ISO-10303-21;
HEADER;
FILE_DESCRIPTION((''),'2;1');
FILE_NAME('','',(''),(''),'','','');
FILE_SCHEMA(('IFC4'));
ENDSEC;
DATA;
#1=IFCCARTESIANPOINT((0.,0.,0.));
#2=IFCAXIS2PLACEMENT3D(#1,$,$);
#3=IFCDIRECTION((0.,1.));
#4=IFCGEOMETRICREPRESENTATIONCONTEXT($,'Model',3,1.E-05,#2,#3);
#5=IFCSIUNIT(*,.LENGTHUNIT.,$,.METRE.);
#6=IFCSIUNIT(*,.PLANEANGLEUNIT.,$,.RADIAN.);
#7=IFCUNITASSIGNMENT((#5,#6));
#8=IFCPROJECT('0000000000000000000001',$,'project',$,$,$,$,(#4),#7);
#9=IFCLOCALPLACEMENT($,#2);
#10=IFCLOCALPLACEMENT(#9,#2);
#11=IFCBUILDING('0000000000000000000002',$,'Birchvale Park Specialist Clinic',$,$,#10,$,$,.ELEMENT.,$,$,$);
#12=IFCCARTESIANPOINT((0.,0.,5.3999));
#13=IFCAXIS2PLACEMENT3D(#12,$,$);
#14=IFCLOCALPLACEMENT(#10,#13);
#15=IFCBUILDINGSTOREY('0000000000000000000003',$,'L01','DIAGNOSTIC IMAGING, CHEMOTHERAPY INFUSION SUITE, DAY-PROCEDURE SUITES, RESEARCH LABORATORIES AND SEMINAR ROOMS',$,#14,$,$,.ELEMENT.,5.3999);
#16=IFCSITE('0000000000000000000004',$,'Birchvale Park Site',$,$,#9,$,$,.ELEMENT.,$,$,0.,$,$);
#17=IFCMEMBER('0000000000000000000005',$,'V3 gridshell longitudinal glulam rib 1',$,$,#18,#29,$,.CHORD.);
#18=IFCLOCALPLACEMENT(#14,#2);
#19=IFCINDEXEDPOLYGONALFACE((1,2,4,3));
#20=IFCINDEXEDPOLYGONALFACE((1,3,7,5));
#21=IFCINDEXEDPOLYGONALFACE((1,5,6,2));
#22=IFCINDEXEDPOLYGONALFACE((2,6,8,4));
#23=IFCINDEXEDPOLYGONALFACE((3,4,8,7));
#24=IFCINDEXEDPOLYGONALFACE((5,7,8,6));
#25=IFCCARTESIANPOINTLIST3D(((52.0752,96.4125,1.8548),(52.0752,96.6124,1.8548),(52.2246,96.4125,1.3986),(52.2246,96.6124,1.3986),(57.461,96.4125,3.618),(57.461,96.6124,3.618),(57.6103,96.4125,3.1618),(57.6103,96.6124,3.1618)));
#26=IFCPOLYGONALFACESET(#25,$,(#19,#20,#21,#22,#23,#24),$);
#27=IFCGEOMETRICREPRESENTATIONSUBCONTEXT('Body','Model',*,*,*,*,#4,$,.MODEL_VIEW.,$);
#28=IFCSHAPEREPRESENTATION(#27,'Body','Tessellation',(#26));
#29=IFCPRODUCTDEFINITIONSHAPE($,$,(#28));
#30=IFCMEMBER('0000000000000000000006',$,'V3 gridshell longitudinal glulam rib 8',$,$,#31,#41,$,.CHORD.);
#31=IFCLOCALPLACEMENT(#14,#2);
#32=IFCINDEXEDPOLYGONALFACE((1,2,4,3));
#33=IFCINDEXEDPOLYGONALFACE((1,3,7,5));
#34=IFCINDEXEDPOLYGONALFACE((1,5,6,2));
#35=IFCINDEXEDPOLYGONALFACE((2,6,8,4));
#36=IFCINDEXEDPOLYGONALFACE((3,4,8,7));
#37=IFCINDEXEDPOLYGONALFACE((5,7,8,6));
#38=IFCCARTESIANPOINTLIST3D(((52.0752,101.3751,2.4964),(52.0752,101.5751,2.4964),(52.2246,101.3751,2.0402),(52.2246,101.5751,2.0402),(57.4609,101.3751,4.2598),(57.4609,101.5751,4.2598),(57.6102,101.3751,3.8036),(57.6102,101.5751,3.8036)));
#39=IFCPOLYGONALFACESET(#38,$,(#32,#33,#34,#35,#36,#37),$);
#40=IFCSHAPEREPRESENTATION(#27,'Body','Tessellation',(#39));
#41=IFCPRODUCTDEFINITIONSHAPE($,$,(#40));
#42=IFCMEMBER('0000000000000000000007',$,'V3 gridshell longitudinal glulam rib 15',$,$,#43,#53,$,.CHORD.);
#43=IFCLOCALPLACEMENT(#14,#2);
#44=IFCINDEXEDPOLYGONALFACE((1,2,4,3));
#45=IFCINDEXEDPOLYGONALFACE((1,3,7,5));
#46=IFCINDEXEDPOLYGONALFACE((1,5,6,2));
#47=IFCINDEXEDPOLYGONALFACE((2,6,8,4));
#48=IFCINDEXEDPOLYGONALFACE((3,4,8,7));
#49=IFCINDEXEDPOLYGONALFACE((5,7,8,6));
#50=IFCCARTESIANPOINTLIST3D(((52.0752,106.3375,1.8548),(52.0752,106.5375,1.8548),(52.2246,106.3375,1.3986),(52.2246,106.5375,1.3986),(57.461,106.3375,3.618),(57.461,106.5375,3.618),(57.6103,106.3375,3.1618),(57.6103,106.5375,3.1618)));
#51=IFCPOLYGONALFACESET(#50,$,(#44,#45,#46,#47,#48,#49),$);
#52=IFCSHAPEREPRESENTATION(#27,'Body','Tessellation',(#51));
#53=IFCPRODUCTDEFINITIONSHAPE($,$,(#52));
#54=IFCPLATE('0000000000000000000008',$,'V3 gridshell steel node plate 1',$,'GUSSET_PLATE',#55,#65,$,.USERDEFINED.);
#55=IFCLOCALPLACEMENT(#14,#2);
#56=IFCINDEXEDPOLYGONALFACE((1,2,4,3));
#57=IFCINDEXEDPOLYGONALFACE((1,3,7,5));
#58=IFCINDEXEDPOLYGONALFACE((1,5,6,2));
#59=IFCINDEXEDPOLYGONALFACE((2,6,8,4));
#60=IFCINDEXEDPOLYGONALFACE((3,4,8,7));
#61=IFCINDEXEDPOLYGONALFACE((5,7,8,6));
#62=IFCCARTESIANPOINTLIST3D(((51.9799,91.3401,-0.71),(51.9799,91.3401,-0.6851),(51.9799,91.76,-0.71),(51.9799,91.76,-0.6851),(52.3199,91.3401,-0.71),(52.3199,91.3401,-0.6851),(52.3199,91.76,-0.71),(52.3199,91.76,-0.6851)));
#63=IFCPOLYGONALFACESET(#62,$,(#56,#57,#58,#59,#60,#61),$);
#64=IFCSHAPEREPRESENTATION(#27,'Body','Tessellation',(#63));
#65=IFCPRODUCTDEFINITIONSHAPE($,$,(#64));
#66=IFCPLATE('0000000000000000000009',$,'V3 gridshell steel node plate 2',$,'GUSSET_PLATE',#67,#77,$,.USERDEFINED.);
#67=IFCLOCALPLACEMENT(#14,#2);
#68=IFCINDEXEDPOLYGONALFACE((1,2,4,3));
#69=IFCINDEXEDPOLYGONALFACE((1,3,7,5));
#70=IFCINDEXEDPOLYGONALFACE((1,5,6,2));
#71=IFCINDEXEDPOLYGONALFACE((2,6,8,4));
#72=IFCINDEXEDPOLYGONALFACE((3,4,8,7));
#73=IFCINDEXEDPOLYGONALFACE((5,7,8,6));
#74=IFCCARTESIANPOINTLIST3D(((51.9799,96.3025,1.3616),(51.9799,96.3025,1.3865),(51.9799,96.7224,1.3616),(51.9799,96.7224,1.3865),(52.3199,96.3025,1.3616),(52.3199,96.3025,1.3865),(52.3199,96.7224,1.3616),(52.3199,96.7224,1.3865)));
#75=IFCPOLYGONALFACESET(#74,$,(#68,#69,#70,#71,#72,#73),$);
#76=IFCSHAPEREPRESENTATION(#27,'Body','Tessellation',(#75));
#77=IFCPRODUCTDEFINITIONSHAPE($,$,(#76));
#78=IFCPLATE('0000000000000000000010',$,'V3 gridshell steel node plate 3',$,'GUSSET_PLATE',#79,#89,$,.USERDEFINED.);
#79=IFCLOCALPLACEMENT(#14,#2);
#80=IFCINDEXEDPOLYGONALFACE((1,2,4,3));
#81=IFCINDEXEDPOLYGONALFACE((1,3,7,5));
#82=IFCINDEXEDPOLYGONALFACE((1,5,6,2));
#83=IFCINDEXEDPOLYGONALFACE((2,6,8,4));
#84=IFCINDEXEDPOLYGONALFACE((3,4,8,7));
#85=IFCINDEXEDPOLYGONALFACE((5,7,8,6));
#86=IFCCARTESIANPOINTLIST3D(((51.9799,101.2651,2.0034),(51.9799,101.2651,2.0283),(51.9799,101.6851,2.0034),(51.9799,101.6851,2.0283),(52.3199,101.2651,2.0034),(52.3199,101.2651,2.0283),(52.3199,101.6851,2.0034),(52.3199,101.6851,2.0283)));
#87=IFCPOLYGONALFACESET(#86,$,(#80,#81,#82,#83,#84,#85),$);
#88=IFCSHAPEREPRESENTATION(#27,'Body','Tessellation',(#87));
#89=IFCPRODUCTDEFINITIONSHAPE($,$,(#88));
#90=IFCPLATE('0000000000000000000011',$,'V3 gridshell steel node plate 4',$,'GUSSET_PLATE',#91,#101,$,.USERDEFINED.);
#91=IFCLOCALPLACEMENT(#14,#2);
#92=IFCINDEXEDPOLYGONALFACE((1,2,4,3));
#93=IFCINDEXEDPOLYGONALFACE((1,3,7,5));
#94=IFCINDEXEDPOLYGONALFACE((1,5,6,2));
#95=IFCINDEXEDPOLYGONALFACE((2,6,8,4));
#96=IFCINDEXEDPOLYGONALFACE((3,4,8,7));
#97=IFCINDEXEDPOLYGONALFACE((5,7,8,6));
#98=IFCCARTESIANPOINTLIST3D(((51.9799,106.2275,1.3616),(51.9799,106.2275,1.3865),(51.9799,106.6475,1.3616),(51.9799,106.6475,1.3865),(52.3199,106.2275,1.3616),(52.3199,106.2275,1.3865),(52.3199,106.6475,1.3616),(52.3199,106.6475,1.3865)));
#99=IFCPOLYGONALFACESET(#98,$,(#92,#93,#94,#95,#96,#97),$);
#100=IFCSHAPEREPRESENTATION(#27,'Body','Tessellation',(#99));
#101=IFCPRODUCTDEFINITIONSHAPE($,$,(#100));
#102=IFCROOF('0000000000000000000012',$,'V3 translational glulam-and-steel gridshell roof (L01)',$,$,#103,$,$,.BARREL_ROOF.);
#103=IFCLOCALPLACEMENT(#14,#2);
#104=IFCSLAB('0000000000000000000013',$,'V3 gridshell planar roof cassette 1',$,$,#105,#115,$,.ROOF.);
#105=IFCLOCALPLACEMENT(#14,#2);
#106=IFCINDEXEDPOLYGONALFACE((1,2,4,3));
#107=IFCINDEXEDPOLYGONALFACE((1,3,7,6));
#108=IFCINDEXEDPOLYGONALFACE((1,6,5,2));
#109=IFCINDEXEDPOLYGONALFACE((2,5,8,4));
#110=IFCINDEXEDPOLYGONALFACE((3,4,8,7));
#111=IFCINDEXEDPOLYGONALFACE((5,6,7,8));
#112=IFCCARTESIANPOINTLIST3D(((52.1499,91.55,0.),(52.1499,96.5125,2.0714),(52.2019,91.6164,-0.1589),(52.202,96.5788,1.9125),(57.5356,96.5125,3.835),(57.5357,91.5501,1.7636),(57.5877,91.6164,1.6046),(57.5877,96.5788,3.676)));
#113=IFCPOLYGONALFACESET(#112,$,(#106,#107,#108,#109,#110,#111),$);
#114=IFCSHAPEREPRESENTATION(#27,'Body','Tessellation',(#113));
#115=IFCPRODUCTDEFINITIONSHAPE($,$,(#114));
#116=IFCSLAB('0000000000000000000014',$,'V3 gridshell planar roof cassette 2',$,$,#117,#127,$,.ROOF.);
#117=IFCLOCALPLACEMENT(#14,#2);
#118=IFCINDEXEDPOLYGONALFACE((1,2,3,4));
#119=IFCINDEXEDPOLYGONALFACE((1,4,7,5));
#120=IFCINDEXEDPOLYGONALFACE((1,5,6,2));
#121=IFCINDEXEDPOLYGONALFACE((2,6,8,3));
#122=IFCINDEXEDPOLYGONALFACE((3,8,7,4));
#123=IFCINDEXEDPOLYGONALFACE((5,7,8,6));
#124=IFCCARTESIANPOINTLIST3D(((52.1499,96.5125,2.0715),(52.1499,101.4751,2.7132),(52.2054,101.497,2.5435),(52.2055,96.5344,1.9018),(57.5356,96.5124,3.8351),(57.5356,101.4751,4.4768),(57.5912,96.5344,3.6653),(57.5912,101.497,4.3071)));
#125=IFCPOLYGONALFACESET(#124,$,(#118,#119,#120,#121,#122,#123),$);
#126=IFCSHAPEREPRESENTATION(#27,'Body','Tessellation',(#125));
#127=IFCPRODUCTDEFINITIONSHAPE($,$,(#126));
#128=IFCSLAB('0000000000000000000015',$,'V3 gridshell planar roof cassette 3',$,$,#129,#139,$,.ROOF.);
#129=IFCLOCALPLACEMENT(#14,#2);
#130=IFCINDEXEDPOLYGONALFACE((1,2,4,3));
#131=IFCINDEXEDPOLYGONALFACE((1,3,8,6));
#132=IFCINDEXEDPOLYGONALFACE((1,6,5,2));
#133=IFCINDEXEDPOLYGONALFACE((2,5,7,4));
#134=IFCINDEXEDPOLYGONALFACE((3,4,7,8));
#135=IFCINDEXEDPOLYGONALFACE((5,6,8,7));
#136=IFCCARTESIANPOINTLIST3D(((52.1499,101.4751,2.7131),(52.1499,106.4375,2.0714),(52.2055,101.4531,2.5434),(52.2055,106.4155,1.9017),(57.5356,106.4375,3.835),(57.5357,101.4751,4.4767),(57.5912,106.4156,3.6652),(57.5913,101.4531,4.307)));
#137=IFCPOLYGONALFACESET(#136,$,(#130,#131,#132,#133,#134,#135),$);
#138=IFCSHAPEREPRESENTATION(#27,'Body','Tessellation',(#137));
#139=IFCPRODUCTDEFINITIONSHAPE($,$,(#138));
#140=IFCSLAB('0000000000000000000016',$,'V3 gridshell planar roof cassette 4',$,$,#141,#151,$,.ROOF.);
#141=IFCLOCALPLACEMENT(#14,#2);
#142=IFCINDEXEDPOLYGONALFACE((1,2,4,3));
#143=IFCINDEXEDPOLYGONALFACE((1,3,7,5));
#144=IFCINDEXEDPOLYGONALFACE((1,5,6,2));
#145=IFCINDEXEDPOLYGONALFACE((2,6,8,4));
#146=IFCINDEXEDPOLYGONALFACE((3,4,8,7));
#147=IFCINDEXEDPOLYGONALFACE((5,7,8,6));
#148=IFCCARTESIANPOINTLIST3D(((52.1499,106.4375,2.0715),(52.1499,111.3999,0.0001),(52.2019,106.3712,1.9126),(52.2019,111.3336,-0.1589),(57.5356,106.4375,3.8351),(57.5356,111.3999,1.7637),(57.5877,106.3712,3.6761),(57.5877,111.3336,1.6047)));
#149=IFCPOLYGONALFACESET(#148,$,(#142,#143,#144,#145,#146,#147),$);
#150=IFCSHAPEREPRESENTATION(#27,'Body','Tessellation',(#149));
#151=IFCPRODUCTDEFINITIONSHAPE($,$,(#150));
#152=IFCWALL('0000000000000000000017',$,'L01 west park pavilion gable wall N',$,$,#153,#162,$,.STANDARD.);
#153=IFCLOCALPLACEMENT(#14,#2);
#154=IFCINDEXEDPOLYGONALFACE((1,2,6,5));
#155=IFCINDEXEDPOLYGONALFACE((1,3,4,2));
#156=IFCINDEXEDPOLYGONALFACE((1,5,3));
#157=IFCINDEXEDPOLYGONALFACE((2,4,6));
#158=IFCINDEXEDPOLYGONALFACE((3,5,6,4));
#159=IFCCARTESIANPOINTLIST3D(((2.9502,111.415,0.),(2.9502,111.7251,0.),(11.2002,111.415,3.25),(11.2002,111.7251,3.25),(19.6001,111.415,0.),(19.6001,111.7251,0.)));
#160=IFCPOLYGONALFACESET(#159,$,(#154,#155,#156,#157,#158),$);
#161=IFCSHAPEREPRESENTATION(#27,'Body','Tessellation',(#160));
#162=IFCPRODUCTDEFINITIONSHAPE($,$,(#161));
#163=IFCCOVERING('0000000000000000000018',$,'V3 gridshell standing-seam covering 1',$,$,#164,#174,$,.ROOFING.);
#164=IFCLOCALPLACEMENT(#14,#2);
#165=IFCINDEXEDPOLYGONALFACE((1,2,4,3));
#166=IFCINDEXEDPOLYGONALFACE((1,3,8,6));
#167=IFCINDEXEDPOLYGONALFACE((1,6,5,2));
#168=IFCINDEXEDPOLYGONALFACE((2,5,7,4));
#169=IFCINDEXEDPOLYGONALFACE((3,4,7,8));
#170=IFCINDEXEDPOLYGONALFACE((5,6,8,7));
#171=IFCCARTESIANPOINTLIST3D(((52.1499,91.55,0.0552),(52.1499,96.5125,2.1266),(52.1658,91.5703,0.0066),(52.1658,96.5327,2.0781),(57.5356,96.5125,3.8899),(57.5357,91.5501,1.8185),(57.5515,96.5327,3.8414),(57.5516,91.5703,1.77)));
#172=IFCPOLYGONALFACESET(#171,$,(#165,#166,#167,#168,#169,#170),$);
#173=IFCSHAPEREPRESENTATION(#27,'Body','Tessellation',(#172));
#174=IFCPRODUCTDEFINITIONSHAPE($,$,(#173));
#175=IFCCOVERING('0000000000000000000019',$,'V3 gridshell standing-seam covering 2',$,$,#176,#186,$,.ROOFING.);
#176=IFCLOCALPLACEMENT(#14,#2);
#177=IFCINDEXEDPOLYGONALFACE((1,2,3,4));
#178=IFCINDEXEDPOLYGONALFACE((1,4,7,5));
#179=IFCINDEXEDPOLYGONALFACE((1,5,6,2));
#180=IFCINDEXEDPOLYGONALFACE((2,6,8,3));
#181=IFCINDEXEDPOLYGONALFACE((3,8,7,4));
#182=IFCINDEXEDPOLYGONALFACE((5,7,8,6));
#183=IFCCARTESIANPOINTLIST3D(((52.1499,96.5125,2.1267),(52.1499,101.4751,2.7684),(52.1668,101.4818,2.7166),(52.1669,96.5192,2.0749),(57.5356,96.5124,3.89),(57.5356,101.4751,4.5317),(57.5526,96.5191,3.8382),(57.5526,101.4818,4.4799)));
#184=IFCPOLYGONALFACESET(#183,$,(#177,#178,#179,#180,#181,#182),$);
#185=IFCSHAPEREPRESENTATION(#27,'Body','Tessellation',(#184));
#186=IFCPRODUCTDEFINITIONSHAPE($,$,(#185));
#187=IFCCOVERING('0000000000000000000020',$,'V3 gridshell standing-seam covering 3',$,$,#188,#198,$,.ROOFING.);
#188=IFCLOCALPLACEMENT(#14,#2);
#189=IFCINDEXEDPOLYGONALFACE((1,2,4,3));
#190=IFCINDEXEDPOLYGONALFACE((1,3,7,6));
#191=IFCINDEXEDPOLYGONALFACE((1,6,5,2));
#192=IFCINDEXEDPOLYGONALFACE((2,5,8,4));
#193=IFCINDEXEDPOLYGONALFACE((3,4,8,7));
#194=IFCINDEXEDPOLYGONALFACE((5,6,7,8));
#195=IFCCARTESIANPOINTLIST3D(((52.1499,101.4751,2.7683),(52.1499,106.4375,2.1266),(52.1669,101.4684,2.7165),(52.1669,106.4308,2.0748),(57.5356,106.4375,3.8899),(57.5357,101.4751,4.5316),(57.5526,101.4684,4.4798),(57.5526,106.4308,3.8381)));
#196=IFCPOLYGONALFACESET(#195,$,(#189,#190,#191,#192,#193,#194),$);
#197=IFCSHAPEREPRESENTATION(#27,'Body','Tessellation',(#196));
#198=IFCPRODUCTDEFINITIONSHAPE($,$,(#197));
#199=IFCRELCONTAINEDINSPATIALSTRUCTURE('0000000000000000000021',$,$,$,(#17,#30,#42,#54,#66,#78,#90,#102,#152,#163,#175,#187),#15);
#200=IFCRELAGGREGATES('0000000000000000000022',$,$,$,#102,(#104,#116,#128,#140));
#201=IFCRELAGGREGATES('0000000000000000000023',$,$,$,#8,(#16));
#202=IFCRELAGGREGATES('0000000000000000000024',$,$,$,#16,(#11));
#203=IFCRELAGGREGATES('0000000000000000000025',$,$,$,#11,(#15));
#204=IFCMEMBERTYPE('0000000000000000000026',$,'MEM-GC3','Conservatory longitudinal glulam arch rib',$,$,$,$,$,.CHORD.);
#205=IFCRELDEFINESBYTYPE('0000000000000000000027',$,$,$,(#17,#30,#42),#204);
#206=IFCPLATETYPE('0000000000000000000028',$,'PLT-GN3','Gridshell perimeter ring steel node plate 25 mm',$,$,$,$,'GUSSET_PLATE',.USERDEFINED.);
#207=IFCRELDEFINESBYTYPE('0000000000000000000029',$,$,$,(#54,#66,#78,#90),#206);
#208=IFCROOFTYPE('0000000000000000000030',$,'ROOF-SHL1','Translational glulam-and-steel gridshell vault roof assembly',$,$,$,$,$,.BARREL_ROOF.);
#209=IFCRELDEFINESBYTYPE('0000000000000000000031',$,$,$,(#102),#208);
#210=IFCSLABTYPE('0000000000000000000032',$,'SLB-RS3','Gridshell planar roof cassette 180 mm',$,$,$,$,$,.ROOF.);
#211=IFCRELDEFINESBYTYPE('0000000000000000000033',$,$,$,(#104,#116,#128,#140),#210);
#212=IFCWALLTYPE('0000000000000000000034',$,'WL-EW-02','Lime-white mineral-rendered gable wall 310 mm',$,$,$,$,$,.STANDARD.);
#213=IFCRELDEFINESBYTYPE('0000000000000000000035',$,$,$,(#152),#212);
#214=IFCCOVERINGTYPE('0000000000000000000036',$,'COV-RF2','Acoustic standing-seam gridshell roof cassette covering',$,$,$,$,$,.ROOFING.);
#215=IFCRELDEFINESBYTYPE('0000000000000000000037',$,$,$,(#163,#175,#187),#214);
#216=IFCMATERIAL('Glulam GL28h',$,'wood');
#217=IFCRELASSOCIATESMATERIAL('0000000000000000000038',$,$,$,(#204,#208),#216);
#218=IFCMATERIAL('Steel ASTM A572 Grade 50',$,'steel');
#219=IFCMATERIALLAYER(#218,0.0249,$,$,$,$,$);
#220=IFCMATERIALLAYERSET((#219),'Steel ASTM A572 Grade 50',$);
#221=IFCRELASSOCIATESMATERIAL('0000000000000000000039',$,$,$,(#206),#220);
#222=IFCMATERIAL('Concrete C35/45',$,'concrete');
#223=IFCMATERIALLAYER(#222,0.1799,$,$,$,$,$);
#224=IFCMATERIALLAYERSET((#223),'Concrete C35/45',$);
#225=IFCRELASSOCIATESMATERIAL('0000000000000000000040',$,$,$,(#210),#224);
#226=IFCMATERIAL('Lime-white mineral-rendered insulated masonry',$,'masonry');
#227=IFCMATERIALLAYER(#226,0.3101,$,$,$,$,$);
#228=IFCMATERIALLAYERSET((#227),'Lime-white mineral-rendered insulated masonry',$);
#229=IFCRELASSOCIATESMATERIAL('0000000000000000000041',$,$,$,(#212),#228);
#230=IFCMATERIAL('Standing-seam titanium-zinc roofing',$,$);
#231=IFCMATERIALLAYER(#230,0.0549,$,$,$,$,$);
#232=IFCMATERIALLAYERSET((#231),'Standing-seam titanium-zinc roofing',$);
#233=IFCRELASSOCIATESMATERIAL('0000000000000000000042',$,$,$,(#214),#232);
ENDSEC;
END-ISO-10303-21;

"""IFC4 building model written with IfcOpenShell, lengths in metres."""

from ifc_helpers import new_model, si_unit, direction, frame, origin, origin_2d, place, context, subcontext, project, spatial, polyline, rectangle, outline, extrude, material, layer, layer_set, material_profile, profile_set, type_object, element, aggregate, save


model = new_model("IFC4")

# Units and contexts
model_context = context("Model", 3, precision=1e-05, world=origin(), true_north=direction((0.0, 1.0)))
body_context = subcontext(model_context, "Body", "Model", "MODEL_VIEW")
ifc_project = project(units=[si_unit("LENGTHUNIT", "METRE"), si_unit("PLANEANGLEUNIT", "RADIAN")], contexts=[model_context])

# Site, building, storey
site_placement = place(None, origin())
site = spatial("IfcSite", under=ifc_project, at=site_placement, Name="Birchvale Park Site", CompositionType="ELEMENT", RefElevation=0.0)
building_placement = place(site_placement, origin())
building = spatial("IfcBuilding", under=site, at=building_placement, Name="Birchvale Park Specialist Clinic", CompositionType="ELEMENT")
storey_placement = place(building_placement, frame((0.0, 0.0, 5.3999)))
storey = spatial("IfcBuildingStorey", under=building, at=storey_placement, Name="L01", Description="DIAGNOSTIC IMAGING, CHEMOTHERAPY INFUSION SUITE, DAY-PROCEDURE SUITES, RESEARCH LABORATORIES AND SEMINAR ROOMS", CompositionType="ELEMENT", Elevation=5.3999)

# Members
ifc_material_1 = material(Name="Glulam GL28h", Category="wood")
ifc_material_profile_1 = material_profile(ifc_material_1, rectangle(XDim=0.2, YDim=0.48, at=origin_2d()), Name="GL-200x480")
ifc_profile_set_1 = profile_set([ifc_material_profile_1], Name="Glulam GL28h")
member_type = type_object("IfcMemberType", Name="MEM-GC3", Description="Conservatory longitudinal glulam arch rib", PredefinedType="CHORD", material=ifc_profile_set_1)
for number, where, z_axis, x_axis, name in (
    (1, (52.1499, 96.5125, 1.6267), (0.950367, 0.0, 0.311131), (0.0, 1.0, 0.0), "V3 gridshell longitudinal glulam rib 1"),
    (2, (52.1499, 101.4751, 2.2683), (0.950354, 0.0, 0.31117), (0.0, 1.0, 0.0), "V3 gridshell longitudinal glulam rib 8"),
    (3, (52.1499, 106.4375, 1.6267), (0.950367, 0.0, 0.311131), (0.0, 1.0, 0.0), "V3 gridshell longitudinal glulam rib 15"),
):
    element("IfcMember", number, at=place(storey_placement, frame(where, z_axis=z_axis, x_axis=x_axis)), inside=storey, type_object=member_type, Name=name, PredefinedType="CHORD", context=body_context, shape_type="SweptSolid", body=[
        extrude(rectangle(XDim=0.2, YDim=0.48, at=origin_2d()), origin(), (0.0, 0.0, 1.0), 5.667),
    ])

# Plates
ifc_material_2 = material(Name="Steel ASTM A572 Grade 50", Category="steel")
ifc_layer_1 = layer(ifc_material_2, 0.0249)
ifc_layer_set_1 = layer_set([ifc_layer_1], Name="Steel ASTM A572 Grade 50")
plate_type = type_object("IfcPlateType", Name="PLT-GN3", Description="Gridshell perimeter ring steel node plate 25 mm", ElementType="GUSSET_PLATE", PredefinedType="USERDEFINED", material=ifc_layer_set_1)
for number, where, z_axis, x_axis, name in (
    (4, (52.1499, 91.55, -0.71), (0.0, 0.0, 1.0), (1.0, 0.0, 0.0), "V3 gridshell steel node plate 1"),
    (5, (52.1499, 96.5125, 1.3616), (0.0, 0.0, 1.0), (1.0, 0.0, 0.0), "V3 gridshell steel node plate 2"),
    (6, (52.1499, 101.4751, 2.0034), (0.0, 0.0, 1.0), (1.0, 0.0, 0.0), "V3 gridshell steel node plate 3"),
    (7, (52.1499, 106.4375, 1.3616), (0.0, 0.0, 1.0), (1.0, 0.0, 0.0), "V3 gridshell steel node plate 4"),
):
    element("IfcPlate", number, at=place(storey_placement, frame(where, z_axis=z_axis, x_axis=x_axis)), inside=storey, type_object=plate_type, Name=name, ObjectType="GUSSET_PLATE", PredefinedType="USERDEFINED", context=body_context, shape_type="SweptSolid", body=[
        extrude(rectangle(XDim=0.3401, YDim=0.4199, at=origin_2d()), origin(), (0.0, 0.0, 1.0), 0.0249),
    ])

# Roof, slabs
roof_type = type_object("IfcRoofType", Name="ROOF-SHL1", Description="Translational glulam-and-steel gridshell vault roof assembly", PredefinedType="BARREL_ROOF", material=ifc_material_1)
roof_placement = place(storey_placement, origin())
roof = element("IfcRoof", 8, at=roof_placement, inside=storey, type_object=roof_type, Name="V3 translational glulam-and-steel gridshell roof (L01)", PredefinedType="BARREL_ROOF")
ifc_material_3 = material(Name="Concrete C35/45", Category="concrete")
ifc_layer_2 = layer(ifc_material_3, 0.1799)
ifc_layer_set_2 = layer_set([ifc_layer_2], Name="Concrete C35/45")
slab_type = type_object("IfcSlabType", Name="SLB-RS3", Description="Gridshell planar roof cassette 180 mm", PredefinedType="ROOF", material=ifc_layer_set_2)
slab_1_placement = place(storey_placement, frame((52.1499, 91.55, 0.0), z_axis=(-0.289261, -0.368741, 0.883379), x_axis=(0.950347, 0.000007, 0.311192)))
slab_1 = element("IfcSlab", 9, at=slab_1_placement, type_object=slab_type, Name="V3 gridshell planar roof cassette 1", PredefinedType="ROOF", context=body_context, shape_type="SweptSolid", body=[
    extrude(outline(polyline([(0.0, 0.0), (5.6672, 0.0), (6.3118, 5.3386), (0.6447, 5.3386), (0.0, 0.0)])), origin(), (0.0, 0.0, -1.0), 0.1799),
])
slab_2_placement = place(storey_placement, frame((52.1499, 96.5125, 2.0715), z_axis=(-0.308866, -0.121973, 0.943252), x_axis=(0.950348, -0.000002, 0.311189)))
slab_2 = element("IfcSlab", 10, at=slab_2_placement, type_object=slab_type, Name="V3 gridshell planar roof cassette 2", PredefinedType="ROOF", context=body_context, shape_type="SweptSolid", body=[
    extrude(outline(polyline([(0.0, 0.0), (5.6671, 0.0), (5.8668, 5.0), (0.1996, 5.0), (0.0, 0.0)])), origin(), (0.0, 0.0, -1.0), 0.1799),
])
slab_3_placement = place(storey_placement, frame((52.1499, 101.4751, 2.7131), z_axis=(-0.308866, 0.121979, 0.943251), x_axis=(0.950348, -0.000002, 0.31119)))
slab_3 = element("IfcSlab", 11, at=slab_3_placement, type_object=slab_type, Name="V3 gridshell planar roof cassette 3", PredefinedType="ROOF", context=body_context, shape_type="SweptSolid", body=[
    extrude(outline(polyline([(0.0, 0.0), (5.6672, 0.0), (5.4674, 4.9998), (-0.1997, 4.9997), (0.0, 0.0)])), origin(), (0.0, 0.0, -1.0), 0.1799),
])
slab_4_placement = place(storey_placement, frame((52.1499, 106.4375, 2.0715), z_axis=(-0.289261, 0.368741, 0.883379), x_axis=(0.950349, 0.000007, 0.311187)))
slab_4 = element("IfcSlab", 12, at=slab_4_placement, type_object=slab_type, Name="V3 gridshell planar roof cassette 4", PredefinedType="ROOF", context=body_context, shape_type="SweptSolid", body=[
    extrude(outline(polyline([(0.0, 0.0), (5.6671, 0.0), (5.0226, 5.3386), (-0.6446, 5.3386), (0.0, 0.0)])), origin(), (0.0, 0.0, -1.0), 0.1799),
])
aggregate(roof, [slab_1, slab_2, slab_3, slab_4])

# Wall
ifc_material_4 = material(Name="Lime-white mineral-rendered insulated masonry", Category="masonry")
ifc_layer_3 = layer(ifc_material_4, 0.3101)
ifc_layer_set_3 = layer_set([ifc_layer_3], Name="Lime-white mineral-rendered insulated masonry")
wall_type = type_object("IfcWallType", Name="WL-EW-02", Description="Lime-white mineral-rendered gable wall 310 mm", PredefinedType="STANDARD", material=ifc_layer_set_3)
wall_placement = place(storey_placement, frame((19.6001, 111.5701, 0.0), z_axis=(0.0, 0.0, 1.0), x_axis=(-1.0, 0.0, 0.0)))
element("IfcWall", 13, at=wall_placement, inside=storey, type_object=wall_type, Name="L01 west park pavilion gable wall N", PredefinedType="STANDARD", context=body_context, shape_type="SweptSolid", body=[
    extrude(outline(polyline([(0.0, 0.0), (16.6501, 0.0), (16.6499, 0.0), (8.3999, 3.25), (0.0, 0.0), (0.0, 0.0)])), frame((0.0, 0.155, 0.0), z_axis=(0.0, -1.0, 0.0), x_axis=(1.0, 0.0, 0.0)), (0.0, 0.0, 1.0), 0.3101),
])

# Coverings
ifc_material_5 = material(Name="Standing-seam titanium-zinc roofing")
ifc_layer_4 = layer(ifc_material_5, 0.0549)
ifc_layer_set_4 = layer_set([ifc_layer_4], Name="Standing-seam titanium-zinc roofing")
covering_type = type_object("IfcCoveringType", Name="COV-RF2", Description="Acoustic standing-seam gridshell roof cassette covering", PredefinedType="ROOFING", material=ifc_layer_set_4)
covering_1_placement = place(storey_placement, frame((52.1499, 91.55, 0.0552), z_axis=(-0.289224, -0.368745, 0.883389), x_axis=(0.95036, 0.000007, 0.311153)))
element("IfcCovering", 14, at=covering_1_placement, inside=storey, type_object=covering_type, Name="V3 gridshell standing-seam covering 1", PredefinedType="ROOFING", context=body_context, shape_type="SweptSolid", body=[
    extrude(outline(polyline([(0.0, 0.0), (5.6671, 0.0), (6.3116, 5.3386), (0.6446, 5.3386), (0.0, 0.0)])), origin(), (0.0, 0.0, -1.0), 0.0549),
])
covering_2_placement = place(storey_placement, frame((52.1499, 96.5125, 2.1267), z_axis=(-0.308827, -0.121974, 0.943265), x_axis=(0.950361, -0.000002, 0.31115)))
element("IfcCovering", 15, at=covering_2_placement, inside=storey, type_object=covering_type, Name="V3 gridshell standing-seam covering 2", PredefinedType="ROOFING", context=body_context, shape_type="SweptSolid", body=[
    extrude(outline(polyline([(0.0, 0.0), (5.667, 0.0), (5.8667, 5.0), (0.1996, 5.0), (0.0, 0.0)])), origin(), (0.0, 0.0, -1.0), 0.0549),
])
covering_3_placement = place(storey_placement, frame((52.1499, 101.4751, 2.7683), z_axis=(-0.308827, 0.12198, 0.943264), x_axis=(0.950361, -0.000002, 0.311151)))
element("IfcCovering", 16, at=covering_3_placement, inside=storey, type_object=covering_type, Name="V3 gridshell standing-seam covering 3", PredefinedType="ROOFING", context=body_context, shape_type="SweptSolid", body=[
    extrude(outline(polyline([(0.0, 0.0), (5.6671, 0.0), (5.4674, 4.9998), (-0.1996, 4.9997), (0.0, 0.0)])), origin(), (0.0, 0.0, -1.0), 0.0549),
])

save(model, "model.ifc")
